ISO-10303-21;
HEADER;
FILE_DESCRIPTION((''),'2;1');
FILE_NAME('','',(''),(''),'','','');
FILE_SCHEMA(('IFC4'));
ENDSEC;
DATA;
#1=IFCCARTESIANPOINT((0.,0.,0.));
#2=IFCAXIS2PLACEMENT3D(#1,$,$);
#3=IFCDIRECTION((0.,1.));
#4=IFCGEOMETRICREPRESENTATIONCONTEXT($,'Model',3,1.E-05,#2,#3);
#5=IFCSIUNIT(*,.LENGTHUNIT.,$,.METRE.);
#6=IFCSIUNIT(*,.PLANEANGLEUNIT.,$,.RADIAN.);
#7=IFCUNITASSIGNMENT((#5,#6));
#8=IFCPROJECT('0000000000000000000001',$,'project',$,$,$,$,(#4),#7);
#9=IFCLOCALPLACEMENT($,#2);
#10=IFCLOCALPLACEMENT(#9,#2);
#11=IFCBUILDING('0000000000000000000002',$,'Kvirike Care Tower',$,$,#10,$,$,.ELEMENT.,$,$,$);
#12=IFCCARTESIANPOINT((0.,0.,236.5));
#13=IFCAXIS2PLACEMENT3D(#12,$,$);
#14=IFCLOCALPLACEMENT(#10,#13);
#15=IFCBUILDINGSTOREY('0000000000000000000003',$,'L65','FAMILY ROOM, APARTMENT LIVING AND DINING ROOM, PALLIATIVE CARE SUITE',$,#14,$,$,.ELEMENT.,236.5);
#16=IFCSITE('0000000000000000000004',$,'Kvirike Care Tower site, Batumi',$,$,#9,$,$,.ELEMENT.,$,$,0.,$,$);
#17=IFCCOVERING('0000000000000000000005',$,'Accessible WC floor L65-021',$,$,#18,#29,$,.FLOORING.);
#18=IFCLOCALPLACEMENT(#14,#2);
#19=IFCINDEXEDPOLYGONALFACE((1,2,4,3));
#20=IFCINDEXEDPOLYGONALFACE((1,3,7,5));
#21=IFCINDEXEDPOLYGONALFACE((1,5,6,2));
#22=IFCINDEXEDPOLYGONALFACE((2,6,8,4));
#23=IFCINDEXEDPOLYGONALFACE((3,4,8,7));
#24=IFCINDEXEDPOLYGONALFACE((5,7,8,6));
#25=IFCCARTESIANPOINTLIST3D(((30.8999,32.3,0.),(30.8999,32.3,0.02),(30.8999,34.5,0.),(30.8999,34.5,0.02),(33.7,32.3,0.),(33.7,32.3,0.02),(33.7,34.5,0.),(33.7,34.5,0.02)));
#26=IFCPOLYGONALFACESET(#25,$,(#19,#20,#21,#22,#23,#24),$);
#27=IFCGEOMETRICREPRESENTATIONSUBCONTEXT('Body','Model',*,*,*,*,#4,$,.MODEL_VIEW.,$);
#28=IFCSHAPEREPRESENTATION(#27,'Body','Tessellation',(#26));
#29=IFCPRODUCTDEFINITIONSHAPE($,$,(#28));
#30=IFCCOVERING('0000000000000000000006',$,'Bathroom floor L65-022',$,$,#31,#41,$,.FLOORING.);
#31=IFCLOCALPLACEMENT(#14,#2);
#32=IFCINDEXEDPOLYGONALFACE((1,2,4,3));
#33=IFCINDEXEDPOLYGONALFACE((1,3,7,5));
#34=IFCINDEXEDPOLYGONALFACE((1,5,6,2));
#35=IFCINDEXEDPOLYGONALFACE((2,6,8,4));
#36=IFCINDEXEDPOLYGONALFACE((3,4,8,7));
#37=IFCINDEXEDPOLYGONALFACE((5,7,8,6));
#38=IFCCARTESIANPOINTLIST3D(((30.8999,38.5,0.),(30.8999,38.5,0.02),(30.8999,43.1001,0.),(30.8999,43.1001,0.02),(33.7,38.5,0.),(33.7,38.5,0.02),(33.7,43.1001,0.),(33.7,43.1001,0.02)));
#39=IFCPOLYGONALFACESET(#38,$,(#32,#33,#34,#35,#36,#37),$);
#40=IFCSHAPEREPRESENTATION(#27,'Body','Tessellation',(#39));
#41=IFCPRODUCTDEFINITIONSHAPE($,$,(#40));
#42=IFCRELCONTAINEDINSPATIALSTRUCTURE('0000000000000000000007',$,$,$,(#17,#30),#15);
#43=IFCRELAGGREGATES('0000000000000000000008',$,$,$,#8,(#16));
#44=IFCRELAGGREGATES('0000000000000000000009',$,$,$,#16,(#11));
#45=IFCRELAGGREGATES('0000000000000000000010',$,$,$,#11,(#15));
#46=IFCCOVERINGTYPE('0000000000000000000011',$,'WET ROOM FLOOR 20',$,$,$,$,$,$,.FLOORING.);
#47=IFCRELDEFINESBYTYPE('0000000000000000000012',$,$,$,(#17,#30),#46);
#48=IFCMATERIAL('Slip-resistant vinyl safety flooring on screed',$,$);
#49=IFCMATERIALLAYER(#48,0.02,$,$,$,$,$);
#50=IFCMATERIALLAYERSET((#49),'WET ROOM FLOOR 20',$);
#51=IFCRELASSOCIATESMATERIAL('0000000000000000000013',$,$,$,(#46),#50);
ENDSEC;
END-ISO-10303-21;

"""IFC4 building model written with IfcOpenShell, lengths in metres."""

from ifc_helpers import new_model, si_unit, direction, frame, origin, place, context, subcontext, project, spatial, polyline, outline, extrude, material, layer, layer_set, type_object, element, save


model = new_model("IFC4")

# Units and contexts
model_context = context("Model", 3, precision=1e-05, world=origin(), true_north=direction((0.0, 1.0)))
body_context = subcontext(model_context, "Body", "Model", "MODEL_VIEW")
ifc_project = project(units=[si_unit("LENGTHUNIT", "METRE"), si_unit("PLANEANGLEUNIT", "RADIAN")], contexts=[model_context])

# Site, building, storey
site_placement = place(None, origin())
site = spatial("IfcSite", under=ifc_project, at=site_placement, Name="Kvirike Care Tower site, Batumi", CompositionType="ELEMENT", RefElevation=0.0)
building_placement = place(site_placement, origin())
building = spatial("IfcBuilding", under=site, at=building_placement, Name="Kvirike Care Tower", CompositionType="ELEMENT")
storey_placement = place(building_placement, frame((0.0, 0.0, 236.5)))
storey = spatial("IfcBuildingStorey", under=building, at=storey_placement, Name="L65", Description="FAMILY ROOM, APARTMENT LIVING AND DINING ROOM, PALLIATIVE CARE SUITE", CompositionType="ELEMENT", Elevation=236.5)

# Coverings
ifc_material_1 = material(Name="Slip-resistant vinyl safety flooring on screed")
ifc_layer_1 = layer(ifc_material_1, 0.02)
ifc_layer_set_1 = layer_set([ifc_layer_1], Name="WET ROOM FLOOR 20")
covering_type_1 = type_object("IfcCoveringType", Name="WET ROOM FLOOR 20", PredefinedType="FLOORING", material=ifc_layer_set_1)
covering_1_placement = place(storey_placement, origin())
element("IfcCovering", 1, at=covering_1_placement, inside=storey, type_object=covering_type_1, Name="Accessible WC floor L65-021", PredefinedType="FLOORING", context=body_context, shape_type="SweptSolid", body=[
    extrude(outline(polyline([(33.7, 32.3), (30.8999, 32.3), (30.8999, 34.5), (33.7, 34.5), (33.7, 32.3)])), origin(), (0.0, 0.0, 1.0), 0.02),
])
covering_2_placement = place(storey_placement, origin())
element("IfcCovering", 2, at=covering_2_placement, inside=storey, type_object=covering_type_1, Name="Bathroom floor L65-022", PredefinedType="FLOORING", context=body_context, shape_type="SweptSolid", body=[
    extrude(outline(polyline([(33.7, 38.5), (30.8999, 38.5), (30.8999, 43.1001), (33.7, 43.1001), (33.7, 38.5)])), origin(), (0.0, 0.0, 1.0), 0.02),
])

save(model, "model.ifc")
